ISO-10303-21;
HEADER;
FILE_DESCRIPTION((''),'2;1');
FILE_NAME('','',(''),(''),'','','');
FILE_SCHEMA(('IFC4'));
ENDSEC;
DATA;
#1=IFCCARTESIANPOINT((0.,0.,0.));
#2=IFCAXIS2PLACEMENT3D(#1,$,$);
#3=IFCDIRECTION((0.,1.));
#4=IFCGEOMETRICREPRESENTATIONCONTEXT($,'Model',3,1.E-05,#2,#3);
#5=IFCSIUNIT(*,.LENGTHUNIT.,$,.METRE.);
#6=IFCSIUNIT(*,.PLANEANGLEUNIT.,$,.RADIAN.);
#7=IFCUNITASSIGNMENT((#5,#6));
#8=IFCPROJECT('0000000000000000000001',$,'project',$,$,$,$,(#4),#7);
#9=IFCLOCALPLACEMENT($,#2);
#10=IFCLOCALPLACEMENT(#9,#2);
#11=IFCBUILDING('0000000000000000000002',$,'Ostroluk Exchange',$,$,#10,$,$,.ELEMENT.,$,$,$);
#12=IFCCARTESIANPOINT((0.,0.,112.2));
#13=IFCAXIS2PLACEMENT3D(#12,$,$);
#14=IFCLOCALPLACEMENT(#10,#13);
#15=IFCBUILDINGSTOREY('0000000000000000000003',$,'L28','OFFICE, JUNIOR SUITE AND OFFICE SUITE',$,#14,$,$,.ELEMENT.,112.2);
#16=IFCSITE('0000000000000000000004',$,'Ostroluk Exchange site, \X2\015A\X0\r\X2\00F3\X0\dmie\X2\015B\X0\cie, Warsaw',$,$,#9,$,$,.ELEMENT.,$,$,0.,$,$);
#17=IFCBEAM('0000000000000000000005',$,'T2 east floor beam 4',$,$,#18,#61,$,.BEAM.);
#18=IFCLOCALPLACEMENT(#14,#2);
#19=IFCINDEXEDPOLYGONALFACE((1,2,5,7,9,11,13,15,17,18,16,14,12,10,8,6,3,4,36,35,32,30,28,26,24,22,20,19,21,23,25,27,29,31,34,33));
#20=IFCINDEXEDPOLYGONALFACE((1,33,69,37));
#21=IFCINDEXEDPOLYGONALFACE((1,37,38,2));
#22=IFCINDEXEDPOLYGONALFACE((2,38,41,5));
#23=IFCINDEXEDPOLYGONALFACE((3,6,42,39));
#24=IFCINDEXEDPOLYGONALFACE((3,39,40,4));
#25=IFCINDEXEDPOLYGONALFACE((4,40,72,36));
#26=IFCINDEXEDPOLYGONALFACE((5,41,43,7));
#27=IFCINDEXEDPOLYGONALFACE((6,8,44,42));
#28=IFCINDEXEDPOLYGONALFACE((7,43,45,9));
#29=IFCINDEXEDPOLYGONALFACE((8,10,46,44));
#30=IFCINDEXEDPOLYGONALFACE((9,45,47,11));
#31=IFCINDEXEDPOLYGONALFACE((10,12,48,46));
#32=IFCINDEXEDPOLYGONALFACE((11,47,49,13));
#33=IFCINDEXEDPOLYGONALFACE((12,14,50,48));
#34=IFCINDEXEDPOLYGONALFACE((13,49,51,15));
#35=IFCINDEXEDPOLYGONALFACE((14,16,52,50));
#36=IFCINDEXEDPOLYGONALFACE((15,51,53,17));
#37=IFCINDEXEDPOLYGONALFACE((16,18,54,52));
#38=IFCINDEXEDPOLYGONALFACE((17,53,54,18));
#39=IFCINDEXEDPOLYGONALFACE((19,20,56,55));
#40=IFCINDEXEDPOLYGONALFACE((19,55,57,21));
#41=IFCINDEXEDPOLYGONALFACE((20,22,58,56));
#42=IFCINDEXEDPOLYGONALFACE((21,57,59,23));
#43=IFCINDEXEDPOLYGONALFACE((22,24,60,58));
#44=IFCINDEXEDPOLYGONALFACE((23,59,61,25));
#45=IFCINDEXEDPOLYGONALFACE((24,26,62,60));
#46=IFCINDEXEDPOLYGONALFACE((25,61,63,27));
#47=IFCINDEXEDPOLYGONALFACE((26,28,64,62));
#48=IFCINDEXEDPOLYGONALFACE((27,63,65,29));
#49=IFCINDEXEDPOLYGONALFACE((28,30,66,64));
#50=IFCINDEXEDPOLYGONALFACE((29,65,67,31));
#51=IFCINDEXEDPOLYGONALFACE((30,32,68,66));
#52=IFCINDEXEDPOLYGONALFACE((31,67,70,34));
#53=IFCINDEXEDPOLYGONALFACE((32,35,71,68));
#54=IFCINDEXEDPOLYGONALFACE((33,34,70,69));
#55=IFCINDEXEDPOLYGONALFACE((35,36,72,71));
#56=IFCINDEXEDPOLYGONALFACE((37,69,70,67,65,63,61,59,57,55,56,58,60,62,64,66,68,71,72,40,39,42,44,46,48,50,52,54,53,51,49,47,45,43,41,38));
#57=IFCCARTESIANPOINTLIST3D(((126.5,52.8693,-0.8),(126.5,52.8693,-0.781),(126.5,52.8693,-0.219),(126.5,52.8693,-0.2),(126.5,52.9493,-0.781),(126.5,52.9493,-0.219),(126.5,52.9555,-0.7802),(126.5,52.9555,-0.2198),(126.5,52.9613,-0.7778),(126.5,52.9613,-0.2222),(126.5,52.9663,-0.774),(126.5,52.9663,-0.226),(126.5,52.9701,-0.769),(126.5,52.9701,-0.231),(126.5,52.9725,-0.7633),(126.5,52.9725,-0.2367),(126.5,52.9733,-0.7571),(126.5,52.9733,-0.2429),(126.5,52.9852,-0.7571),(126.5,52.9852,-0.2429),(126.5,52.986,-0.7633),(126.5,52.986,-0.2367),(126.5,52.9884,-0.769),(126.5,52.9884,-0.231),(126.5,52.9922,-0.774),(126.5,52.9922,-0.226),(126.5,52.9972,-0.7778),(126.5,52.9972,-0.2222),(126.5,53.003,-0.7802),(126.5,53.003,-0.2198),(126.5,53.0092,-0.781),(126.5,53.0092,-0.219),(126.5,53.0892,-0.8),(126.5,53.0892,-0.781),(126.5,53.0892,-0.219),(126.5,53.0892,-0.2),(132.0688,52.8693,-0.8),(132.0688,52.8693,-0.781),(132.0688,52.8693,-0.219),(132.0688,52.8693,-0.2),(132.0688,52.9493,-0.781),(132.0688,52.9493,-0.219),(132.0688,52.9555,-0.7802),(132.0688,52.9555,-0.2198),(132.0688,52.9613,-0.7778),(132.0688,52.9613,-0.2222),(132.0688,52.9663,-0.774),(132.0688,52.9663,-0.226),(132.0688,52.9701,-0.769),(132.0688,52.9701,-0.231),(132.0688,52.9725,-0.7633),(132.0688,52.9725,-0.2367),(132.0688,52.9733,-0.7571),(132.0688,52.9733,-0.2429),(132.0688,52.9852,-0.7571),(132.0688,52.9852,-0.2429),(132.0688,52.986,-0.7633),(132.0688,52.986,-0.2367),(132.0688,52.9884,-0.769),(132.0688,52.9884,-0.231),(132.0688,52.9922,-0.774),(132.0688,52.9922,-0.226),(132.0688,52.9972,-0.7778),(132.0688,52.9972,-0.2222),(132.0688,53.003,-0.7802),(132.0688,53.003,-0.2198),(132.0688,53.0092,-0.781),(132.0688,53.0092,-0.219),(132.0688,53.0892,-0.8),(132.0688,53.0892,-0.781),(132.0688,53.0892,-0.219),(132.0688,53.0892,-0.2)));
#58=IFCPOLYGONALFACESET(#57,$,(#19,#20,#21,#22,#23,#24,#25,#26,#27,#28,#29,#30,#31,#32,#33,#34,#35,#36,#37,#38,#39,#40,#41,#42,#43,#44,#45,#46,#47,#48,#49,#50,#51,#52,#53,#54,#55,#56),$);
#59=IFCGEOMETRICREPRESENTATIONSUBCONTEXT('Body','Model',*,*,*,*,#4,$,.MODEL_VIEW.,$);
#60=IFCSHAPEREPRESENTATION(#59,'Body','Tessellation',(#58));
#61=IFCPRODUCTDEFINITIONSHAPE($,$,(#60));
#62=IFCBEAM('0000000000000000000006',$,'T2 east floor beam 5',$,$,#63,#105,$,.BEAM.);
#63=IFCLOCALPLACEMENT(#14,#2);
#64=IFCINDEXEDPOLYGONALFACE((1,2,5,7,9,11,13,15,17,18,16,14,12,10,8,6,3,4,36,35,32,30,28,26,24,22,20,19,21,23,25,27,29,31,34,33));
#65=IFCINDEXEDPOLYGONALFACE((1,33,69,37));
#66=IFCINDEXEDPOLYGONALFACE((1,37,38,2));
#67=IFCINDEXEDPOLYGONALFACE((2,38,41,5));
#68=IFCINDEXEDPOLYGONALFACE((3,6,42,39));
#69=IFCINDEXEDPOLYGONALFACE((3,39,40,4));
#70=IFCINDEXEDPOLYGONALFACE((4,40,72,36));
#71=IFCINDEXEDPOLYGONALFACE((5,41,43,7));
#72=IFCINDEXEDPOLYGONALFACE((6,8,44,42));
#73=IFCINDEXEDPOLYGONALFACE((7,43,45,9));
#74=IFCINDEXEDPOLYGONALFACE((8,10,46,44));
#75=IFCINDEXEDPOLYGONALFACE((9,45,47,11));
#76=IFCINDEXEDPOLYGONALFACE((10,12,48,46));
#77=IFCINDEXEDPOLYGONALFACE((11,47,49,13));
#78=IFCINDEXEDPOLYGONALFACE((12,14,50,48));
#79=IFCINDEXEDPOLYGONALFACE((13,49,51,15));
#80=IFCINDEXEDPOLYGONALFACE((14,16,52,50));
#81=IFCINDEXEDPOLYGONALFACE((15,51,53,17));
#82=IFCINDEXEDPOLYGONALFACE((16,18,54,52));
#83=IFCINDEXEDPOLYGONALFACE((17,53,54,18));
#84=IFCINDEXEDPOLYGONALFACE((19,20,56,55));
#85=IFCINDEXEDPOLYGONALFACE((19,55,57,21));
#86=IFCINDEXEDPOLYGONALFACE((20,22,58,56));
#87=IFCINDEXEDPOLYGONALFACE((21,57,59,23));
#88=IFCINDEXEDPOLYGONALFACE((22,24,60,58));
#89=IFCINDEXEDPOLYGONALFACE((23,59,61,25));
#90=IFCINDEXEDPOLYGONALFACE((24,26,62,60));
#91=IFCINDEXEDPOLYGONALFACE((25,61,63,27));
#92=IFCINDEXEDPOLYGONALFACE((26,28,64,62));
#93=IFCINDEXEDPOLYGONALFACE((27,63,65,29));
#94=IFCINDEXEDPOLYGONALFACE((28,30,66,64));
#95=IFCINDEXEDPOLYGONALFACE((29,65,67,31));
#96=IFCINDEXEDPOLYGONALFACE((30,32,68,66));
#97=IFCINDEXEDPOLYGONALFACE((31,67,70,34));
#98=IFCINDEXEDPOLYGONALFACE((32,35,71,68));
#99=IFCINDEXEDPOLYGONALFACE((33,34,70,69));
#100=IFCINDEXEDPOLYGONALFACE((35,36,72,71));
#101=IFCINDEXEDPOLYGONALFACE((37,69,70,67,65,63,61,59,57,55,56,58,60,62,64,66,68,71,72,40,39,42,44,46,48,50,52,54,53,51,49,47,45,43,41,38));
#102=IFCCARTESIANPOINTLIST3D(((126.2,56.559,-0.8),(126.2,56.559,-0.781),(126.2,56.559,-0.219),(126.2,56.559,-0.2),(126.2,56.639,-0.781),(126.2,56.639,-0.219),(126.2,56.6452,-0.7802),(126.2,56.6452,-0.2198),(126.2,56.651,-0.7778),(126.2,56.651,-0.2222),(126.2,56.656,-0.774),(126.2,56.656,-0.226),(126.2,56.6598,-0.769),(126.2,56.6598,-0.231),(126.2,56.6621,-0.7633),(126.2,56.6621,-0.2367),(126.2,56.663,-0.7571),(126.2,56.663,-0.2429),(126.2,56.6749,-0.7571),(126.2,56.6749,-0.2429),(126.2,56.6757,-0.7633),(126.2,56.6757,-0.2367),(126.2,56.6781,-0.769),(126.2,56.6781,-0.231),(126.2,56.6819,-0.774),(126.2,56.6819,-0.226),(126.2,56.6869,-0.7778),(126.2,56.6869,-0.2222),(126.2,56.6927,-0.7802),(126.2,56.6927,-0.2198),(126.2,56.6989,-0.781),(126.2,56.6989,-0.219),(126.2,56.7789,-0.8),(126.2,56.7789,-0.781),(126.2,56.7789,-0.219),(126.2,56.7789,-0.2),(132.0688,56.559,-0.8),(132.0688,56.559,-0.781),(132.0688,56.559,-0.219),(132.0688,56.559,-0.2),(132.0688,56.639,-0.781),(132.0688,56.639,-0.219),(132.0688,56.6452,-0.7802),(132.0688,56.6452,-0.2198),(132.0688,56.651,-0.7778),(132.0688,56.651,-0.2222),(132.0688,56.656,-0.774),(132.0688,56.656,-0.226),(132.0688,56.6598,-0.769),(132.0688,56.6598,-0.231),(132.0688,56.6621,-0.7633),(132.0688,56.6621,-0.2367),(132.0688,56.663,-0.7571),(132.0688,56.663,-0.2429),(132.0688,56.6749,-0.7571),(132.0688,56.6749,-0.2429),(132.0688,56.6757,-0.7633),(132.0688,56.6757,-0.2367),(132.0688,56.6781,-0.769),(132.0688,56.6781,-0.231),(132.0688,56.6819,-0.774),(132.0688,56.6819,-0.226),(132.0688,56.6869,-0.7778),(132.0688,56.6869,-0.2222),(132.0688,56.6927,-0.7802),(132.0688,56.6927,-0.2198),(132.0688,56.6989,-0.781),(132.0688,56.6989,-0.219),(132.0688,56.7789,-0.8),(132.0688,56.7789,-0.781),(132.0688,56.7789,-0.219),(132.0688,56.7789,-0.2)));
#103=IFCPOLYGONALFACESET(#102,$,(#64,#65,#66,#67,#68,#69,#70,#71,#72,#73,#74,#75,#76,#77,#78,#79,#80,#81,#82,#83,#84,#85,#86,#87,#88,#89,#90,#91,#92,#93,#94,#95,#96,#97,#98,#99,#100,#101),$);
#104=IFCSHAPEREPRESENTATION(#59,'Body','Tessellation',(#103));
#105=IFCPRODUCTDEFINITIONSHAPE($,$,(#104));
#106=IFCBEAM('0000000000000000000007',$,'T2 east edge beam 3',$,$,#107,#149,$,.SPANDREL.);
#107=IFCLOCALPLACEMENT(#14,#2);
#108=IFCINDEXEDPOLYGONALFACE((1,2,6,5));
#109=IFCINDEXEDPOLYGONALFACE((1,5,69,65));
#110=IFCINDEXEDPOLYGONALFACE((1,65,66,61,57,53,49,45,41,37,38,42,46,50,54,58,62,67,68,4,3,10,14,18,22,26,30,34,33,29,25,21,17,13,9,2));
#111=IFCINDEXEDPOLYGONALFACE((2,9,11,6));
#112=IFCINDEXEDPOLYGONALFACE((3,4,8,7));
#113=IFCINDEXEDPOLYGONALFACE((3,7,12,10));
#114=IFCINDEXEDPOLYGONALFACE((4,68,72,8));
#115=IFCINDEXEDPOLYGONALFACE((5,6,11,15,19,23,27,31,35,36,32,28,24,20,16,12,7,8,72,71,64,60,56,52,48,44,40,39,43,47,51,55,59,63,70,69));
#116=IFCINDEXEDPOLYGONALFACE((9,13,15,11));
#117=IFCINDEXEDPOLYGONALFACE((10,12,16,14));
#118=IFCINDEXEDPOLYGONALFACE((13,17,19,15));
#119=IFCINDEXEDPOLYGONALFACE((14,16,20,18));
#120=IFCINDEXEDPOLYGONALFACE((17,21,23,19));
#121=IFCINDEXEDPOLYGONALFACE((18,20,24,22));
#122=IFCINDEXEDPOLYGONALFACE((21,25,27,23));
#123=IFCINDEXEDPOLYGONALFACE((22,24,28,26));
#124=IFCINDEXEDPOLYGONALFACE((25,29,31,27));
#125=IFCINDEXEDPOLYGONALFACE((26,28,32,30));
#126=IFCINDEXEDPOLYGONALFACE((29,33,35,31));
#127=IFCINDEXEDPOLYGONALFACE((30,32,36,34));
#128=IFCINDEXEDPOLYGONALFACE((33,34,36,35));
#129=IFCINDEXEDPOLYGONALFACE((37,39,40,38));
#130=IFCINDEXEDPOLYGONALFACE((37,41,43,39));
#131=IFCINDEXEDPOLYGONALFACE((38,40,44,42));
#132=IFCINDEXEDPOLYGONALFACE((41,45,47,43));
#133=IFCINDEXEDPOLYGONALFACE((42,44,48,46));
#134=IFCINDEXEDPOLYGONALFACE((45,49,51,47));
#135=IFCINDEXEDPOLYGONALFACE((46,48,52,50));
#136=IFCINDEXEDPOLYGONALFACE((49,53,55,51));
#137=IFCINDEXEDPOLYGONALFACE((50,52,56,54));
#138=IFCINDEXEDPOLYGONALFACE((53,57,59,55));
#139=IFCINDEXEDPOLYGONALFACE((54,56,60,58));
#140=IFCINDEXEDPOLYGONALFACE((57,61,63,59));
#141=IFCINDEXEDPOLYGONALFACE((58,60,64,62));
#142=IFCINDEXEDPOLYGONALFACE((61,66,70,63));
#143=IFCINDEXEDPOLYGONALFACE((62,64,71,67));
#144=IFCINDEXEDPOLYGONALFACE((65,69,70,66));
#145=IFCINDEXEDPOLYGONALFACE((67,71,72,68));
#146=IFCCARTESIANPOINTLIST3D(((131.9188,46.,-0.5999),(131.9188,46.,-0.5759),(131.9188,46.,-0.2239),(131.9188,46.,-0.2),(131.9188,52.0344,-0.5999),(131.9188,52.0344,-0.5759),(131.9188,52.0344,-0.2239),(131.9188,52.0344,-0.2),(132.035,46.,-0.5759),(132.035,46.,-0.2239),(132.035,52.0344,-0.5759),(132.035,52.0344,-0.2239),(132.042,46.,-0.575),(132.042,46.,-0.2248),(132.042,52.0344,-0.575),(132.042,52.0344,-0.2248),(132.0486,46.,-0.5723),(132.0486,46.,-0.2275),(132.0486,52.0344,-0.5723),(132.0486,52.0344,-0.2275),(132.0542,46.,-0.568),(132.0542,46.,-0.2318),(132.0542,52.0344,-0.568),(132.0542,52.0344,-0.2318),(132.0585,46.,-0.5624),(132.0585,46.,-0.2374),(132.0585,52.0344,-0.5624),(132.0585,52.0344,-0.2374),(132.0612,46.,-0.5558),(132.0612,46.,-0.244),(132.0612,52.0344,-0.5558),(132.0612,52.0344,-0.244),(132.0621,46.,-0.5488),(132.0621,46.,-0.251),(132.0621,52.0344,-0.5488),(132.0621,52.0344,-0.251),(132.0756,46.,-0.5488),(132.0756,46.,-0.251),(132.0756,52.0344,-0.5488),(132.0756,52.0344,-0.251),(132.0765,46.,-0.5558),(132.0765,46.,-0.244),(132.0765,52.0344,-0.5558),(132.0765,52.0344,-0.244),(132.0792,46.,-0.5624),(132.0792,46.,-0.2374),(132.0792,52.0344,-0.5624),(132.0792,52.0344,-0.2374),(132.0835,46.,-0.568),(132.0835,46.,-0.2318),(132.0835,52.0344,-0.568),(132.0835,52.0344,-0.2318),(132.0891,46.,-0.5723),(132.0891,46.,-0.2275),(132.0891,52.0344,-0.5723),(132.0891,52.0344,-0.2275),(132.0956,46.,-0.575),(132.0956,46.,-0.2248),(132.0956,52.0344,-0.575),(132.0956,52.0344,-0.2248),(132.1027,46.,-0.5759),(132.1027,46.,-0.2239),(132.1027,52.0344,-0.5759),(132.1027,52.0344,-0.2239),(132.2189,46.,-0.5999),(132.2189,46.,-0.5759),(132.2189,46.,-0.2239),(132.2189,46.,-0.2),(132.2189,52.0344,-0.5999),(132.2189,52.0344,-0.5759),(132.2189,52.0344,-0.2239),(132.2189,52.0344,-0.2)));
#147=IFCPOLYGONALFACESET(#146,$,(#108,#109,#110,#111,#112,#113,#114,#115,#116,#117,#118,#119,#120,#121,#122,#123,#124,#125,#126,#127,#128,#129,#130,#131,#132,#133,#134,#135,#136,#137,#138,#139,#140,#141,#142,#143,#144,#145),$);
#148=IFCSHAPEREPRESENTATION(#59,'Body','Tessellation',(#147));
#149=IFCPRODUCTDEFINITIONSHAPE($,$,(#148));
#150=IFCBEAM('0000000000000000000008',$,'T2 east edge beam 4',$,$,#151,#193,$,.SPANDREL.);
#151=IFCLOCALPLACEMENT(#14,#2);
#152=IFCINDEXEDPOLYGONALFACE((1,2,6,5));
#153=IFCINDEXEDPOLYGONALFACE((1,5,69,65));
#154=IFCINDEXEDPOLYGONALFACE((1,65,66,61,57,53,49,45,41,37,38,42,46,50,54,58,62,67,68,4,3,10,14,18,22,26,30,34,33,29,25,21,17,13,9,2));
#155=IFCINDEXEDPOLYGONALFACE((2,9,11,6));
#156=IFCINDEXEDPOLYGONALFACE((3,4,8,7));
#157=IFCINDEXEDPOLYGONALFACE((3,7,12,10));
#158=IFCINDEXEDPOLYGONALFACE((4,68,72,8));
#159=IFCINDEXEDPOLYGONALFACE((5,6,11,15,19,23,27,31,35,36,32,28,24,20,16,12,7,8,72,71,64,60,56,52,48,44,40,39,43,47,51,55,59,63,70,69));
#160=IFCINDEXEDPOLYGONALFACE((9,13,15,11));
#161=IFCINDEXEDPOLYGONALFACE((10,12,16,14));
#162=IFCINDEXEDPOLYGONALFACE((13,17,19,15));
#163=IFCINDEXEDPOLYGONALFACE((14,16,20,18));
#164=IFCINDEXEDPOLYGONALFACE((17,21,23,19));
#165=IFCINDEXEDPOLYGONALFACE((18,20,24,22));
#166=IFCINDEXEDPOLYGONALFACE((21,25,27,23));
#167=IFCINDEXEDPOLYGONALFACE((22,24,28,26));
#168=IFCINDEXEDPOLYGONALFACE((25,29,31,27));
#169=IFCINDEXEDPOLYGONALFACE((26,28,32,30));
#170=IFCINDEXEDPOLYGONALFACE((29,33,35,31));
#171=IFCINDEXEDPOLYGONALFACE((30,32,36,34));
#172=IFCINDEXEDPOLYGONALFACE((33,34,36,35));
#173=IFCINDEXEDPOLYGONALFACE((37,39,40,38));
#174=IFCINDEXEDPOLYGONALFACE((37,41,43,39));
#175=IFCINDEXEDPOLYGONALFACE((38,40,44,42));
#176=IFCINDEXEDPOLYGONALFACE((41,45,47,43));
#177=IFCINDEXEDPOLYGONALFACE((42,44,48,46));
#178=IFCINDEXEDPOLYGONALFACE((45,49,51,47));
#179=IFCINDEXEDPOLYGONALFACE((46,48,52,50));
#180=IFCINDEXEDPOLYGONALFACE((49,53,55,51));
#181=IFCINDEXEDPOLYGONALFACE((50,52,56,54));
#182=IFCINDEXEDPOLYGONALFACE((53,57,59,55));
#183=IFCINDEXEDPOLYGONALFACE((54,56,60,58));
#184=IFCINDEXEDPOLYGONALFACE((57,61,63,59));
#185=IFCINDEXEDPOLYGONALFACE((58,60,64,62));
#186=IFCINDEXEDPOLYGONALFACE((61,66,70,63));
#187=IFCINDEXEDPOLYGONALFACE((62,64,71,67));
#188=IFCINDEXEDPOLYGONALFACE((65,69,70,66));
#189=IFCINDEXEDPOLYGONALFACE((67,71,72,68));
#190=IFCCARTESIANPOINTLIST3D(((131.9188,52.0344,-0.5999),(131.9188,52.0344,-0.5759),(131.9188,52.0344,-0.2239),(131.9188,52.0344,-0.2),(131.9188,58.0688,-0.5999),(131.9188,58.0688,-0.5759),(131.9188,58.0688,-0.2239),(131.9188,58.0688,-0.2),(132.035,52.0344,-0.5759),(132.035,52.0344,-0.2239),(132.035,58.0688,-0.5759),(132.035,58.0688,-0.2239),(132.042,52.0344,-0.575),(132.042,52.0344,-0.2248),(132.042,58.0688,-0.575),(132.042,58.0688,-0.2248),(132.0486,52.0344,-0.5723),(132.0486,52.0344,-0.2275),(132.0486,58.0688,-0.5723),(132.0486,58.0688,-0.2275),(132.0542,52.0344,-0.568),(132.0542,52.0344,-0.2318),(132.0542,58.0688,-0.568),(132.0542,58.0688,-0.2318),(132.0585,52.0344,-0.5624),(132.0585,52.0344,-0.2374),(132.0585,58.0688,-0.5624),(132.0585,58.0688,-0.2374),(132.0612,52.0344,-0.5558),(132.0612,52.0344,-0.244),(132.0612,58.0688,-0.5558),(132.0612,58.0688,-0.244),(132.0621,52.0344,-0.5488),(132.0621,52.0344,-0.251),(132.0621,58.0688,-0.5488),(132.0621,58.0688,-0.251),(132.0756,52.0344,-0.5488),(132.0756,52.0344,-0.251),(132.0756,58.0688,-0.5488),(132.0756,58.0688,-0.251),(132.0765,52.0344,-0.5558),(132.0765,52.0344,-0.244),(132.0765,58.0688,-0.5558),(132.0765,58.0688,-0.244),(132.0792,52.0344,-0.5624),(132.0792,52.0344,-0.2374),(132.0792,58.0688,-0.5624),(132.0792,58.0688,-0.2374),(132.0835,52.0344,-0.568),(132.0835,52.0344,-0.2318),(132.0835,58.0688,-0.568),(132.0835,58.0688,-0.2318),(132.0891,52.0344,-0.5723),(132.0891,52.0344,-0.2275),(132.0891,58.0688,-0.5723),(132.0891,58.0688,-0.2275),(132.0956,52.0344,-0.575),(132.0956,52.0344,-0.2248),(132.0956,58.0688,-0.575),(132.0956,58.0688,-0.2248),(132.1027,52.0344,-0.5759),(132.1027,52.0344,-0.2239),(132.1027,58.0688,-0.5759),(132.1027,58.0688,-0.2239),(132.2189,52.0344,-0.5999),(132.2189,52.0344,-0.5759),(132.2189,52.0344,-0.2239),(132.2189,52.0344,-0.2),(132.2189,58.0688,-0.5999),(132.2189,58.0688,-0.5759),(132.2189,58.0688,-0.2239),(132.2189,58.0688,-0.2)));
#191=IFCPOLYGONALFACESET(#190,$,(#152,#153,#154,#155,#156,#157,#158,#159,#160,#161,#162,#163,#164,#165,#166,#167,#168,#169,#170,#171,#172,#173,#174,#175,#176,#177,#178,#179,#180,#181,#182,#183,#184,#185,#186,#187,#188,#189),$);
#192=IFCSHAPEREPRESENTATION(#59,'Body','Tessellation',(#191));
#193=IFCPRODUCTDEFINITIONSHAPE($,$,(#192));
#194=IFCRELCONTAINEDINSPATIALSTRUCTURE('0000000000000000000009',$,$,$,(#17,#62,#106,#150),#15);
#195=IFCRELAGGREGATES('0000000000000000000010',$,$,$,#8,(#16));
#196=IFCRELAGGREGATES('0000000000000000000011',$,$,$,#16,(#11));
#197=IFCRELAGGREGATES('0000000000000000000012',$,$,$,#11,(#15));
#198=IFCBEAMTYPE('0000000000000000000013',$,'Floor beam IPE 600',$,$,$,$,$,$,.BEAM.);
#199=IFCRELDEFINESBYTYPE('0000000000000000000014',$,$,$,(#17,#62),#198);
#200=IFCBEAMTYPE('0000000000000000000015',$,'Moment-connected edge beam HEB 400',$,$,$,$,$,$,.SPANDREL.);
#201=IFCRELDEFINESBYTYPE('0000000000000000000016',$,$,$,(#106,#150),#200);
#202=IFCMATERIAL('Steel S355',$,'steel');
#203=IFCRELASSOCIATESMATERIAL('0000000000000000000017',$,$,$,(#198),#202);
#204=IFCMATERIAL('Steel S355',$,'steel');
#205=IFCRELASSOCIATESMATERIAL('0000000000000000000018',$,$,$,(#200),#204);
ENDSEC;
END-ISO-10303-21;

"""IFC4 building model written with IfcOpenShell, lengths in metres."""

from ifc_helpers import new_model, si_unit, direction, frame, origin, origin_2d, place, context, subcontext, project, spatial, i_section, extrude, material, material_profile, profile_set, type_object, element, save


model = new_model("IFC4")

# Units and contexts
model_context = context("Model", 3, precision=1e-05, world=origin(), true_north=direction((0.0, 1.0)))
body_context = subcontext(model_context, "Body", "Model", "MODEL_VIEW")
ifc_project = project(units=[si_unit("LENGTHUNIT", "METRE"), si_unit("PLANEANGLEUNIT", "RADIAN")], contexts=[model_context])

# Site, building, storey
site_placement = place(None, origin())
site = spatial("IfcSite", under=ifc_project, at=site_placement, Name="Ostroluk Exchange site, Śródmieście, Warsaw", CompositionType="ELEMENT", RefElevation=0.0)
building_placement = place(site_placement, origin())
building = spatial("IfcBuilding", under=site, at=building_placement, Name="Ostroluk Exchange", CompositionType="ELEMENT")
storey_placement = place(building_placement, frame((0.0, 0.0, 112.2)))
storey = spatial("IfcBuildingStorey", under=building, at=storey_placement, Name="L28", Description="OFFICE, JUNIOR SUITE AND OFFICE SUITE", CompositionType="ELEMENT", Elevation=112.2)

# Beams
ifc_material_1 = material(Name="Steel S355", Category="steel")
ifc_material_profile_1 = material_profile(ifc_material_1, i_section(OverallWidth=0.22, OverallDepth=0.6001, WebThickness=0.012, FlangeThickness=0.019, FilletRadius=0.0239, at=origin_2d()), Name="IPE 600")
ifc_profile_set_1 = profile_set([ifc_material_profile_1], Name="Steel S355")
beam_type_1 = type_object("IfcBeamType", Name="Floor beam IPE 600", PredefinedType="BEAM", material=ifc_profile_set_1)
for number, where, z_axis, x_axis, name in (
    (1, (126.5, 52.9792, -0.5), (1.0, 0.0, 0.0), (0.0, 1.0, 0.0), "T2 east floor beam 4"),
):
    element("IfcBeam", number, at=place(storey_placement, frame(where, z_axis=z_axis, x_axis=x_axis)), inside=storey, type_object=beam_type_1, Name=name, PredefinedType="BEAM", context=body_context, shape_type="SweptSolid", body=[
        extrude(i_section(OverallWidth=0.22, OverallDepth=0.6001, WebThickness=0.012, FlangeThickness=0.019, FilletRadius=0.0239, at=origin_2d()), origin(), (0.0, 0.0, 1.0), 5.5688),
    ])
beam_placement = place(storey_placement, frame((126.2, 56.6689, -0.5), z_axis=(1.0, 0.0, 0.0), x_axis=(0.0, 1.0, 0.0)))
element("IfcBeam", 2, at=beam_placement, inside=storey, type_object=beam_type_1, Name="T2 east floor beam 5", PredefinedType="BEAM", context=body_context, shape_type="SweptSolid", body=[
    extrude(i_section(OverallWidth=0.22, OverallDepth=0.6001, WebThickness=0.012, FlangeThickness=0.019, FilletRadius=0.0239, at=origin_2d()), origin(), (0.0, 0.0, 1.0), 5.8689),
])
ifc_material_2 = material(Name="Steel S355", Category="steel")
ifc_material_profile_2 = material_profile(ifc_material_2, i_section(OverallWidth=0.3, OverallDepth=0.3999, WebThickness=0.0134, FlangeThickness=0.0239, FilletRadius=0.0271, at=origin_2d()), Name="HEB 400")
ifc_profile_set_2 = profile_set([ifc_material_profile_2], Name="Steel S355")
beam_type_2 = type_object("IfcBeamType", Name="Moment-connected edge beam HEB 400", PredefinedType="SPANDREL", material=ifc_profile_set_2)
for number, where, z_axis, x_axis, name in (
    (3, (132.0688, 46.0, -0.3999), (0.0, 1.0, 0.0), (-1.0, 0.0, 0.0), "T2 east edge beam 3"),
    (4, (132.0688, 52.0344, -0.3999), (0.0, 1.0, 0.0), (-1.0, 0.0, 0.0), "T2 east edge beam 4"),
):
    element("IfcBeam", number, at=place(storey_placement, frame(where, z_axis=z_axis, x_axis=x_axis)), inside=storey, type_object=beam_type_2, Name=name, PredefinedType="SPANDREL", context=body_context, shape_type="SweptSolid", body=[
        extrude(i_section(OverallWidth=0.3, OverallDepth=0.3999, WebThickness=0.0134, FlangeThickness=0.0239, FilletRadius=0.0271, at=origin_2d()), origin(), (0.0, 0.0, 1.0), 6.0344),
    ])

save(model, "model.ifc")
